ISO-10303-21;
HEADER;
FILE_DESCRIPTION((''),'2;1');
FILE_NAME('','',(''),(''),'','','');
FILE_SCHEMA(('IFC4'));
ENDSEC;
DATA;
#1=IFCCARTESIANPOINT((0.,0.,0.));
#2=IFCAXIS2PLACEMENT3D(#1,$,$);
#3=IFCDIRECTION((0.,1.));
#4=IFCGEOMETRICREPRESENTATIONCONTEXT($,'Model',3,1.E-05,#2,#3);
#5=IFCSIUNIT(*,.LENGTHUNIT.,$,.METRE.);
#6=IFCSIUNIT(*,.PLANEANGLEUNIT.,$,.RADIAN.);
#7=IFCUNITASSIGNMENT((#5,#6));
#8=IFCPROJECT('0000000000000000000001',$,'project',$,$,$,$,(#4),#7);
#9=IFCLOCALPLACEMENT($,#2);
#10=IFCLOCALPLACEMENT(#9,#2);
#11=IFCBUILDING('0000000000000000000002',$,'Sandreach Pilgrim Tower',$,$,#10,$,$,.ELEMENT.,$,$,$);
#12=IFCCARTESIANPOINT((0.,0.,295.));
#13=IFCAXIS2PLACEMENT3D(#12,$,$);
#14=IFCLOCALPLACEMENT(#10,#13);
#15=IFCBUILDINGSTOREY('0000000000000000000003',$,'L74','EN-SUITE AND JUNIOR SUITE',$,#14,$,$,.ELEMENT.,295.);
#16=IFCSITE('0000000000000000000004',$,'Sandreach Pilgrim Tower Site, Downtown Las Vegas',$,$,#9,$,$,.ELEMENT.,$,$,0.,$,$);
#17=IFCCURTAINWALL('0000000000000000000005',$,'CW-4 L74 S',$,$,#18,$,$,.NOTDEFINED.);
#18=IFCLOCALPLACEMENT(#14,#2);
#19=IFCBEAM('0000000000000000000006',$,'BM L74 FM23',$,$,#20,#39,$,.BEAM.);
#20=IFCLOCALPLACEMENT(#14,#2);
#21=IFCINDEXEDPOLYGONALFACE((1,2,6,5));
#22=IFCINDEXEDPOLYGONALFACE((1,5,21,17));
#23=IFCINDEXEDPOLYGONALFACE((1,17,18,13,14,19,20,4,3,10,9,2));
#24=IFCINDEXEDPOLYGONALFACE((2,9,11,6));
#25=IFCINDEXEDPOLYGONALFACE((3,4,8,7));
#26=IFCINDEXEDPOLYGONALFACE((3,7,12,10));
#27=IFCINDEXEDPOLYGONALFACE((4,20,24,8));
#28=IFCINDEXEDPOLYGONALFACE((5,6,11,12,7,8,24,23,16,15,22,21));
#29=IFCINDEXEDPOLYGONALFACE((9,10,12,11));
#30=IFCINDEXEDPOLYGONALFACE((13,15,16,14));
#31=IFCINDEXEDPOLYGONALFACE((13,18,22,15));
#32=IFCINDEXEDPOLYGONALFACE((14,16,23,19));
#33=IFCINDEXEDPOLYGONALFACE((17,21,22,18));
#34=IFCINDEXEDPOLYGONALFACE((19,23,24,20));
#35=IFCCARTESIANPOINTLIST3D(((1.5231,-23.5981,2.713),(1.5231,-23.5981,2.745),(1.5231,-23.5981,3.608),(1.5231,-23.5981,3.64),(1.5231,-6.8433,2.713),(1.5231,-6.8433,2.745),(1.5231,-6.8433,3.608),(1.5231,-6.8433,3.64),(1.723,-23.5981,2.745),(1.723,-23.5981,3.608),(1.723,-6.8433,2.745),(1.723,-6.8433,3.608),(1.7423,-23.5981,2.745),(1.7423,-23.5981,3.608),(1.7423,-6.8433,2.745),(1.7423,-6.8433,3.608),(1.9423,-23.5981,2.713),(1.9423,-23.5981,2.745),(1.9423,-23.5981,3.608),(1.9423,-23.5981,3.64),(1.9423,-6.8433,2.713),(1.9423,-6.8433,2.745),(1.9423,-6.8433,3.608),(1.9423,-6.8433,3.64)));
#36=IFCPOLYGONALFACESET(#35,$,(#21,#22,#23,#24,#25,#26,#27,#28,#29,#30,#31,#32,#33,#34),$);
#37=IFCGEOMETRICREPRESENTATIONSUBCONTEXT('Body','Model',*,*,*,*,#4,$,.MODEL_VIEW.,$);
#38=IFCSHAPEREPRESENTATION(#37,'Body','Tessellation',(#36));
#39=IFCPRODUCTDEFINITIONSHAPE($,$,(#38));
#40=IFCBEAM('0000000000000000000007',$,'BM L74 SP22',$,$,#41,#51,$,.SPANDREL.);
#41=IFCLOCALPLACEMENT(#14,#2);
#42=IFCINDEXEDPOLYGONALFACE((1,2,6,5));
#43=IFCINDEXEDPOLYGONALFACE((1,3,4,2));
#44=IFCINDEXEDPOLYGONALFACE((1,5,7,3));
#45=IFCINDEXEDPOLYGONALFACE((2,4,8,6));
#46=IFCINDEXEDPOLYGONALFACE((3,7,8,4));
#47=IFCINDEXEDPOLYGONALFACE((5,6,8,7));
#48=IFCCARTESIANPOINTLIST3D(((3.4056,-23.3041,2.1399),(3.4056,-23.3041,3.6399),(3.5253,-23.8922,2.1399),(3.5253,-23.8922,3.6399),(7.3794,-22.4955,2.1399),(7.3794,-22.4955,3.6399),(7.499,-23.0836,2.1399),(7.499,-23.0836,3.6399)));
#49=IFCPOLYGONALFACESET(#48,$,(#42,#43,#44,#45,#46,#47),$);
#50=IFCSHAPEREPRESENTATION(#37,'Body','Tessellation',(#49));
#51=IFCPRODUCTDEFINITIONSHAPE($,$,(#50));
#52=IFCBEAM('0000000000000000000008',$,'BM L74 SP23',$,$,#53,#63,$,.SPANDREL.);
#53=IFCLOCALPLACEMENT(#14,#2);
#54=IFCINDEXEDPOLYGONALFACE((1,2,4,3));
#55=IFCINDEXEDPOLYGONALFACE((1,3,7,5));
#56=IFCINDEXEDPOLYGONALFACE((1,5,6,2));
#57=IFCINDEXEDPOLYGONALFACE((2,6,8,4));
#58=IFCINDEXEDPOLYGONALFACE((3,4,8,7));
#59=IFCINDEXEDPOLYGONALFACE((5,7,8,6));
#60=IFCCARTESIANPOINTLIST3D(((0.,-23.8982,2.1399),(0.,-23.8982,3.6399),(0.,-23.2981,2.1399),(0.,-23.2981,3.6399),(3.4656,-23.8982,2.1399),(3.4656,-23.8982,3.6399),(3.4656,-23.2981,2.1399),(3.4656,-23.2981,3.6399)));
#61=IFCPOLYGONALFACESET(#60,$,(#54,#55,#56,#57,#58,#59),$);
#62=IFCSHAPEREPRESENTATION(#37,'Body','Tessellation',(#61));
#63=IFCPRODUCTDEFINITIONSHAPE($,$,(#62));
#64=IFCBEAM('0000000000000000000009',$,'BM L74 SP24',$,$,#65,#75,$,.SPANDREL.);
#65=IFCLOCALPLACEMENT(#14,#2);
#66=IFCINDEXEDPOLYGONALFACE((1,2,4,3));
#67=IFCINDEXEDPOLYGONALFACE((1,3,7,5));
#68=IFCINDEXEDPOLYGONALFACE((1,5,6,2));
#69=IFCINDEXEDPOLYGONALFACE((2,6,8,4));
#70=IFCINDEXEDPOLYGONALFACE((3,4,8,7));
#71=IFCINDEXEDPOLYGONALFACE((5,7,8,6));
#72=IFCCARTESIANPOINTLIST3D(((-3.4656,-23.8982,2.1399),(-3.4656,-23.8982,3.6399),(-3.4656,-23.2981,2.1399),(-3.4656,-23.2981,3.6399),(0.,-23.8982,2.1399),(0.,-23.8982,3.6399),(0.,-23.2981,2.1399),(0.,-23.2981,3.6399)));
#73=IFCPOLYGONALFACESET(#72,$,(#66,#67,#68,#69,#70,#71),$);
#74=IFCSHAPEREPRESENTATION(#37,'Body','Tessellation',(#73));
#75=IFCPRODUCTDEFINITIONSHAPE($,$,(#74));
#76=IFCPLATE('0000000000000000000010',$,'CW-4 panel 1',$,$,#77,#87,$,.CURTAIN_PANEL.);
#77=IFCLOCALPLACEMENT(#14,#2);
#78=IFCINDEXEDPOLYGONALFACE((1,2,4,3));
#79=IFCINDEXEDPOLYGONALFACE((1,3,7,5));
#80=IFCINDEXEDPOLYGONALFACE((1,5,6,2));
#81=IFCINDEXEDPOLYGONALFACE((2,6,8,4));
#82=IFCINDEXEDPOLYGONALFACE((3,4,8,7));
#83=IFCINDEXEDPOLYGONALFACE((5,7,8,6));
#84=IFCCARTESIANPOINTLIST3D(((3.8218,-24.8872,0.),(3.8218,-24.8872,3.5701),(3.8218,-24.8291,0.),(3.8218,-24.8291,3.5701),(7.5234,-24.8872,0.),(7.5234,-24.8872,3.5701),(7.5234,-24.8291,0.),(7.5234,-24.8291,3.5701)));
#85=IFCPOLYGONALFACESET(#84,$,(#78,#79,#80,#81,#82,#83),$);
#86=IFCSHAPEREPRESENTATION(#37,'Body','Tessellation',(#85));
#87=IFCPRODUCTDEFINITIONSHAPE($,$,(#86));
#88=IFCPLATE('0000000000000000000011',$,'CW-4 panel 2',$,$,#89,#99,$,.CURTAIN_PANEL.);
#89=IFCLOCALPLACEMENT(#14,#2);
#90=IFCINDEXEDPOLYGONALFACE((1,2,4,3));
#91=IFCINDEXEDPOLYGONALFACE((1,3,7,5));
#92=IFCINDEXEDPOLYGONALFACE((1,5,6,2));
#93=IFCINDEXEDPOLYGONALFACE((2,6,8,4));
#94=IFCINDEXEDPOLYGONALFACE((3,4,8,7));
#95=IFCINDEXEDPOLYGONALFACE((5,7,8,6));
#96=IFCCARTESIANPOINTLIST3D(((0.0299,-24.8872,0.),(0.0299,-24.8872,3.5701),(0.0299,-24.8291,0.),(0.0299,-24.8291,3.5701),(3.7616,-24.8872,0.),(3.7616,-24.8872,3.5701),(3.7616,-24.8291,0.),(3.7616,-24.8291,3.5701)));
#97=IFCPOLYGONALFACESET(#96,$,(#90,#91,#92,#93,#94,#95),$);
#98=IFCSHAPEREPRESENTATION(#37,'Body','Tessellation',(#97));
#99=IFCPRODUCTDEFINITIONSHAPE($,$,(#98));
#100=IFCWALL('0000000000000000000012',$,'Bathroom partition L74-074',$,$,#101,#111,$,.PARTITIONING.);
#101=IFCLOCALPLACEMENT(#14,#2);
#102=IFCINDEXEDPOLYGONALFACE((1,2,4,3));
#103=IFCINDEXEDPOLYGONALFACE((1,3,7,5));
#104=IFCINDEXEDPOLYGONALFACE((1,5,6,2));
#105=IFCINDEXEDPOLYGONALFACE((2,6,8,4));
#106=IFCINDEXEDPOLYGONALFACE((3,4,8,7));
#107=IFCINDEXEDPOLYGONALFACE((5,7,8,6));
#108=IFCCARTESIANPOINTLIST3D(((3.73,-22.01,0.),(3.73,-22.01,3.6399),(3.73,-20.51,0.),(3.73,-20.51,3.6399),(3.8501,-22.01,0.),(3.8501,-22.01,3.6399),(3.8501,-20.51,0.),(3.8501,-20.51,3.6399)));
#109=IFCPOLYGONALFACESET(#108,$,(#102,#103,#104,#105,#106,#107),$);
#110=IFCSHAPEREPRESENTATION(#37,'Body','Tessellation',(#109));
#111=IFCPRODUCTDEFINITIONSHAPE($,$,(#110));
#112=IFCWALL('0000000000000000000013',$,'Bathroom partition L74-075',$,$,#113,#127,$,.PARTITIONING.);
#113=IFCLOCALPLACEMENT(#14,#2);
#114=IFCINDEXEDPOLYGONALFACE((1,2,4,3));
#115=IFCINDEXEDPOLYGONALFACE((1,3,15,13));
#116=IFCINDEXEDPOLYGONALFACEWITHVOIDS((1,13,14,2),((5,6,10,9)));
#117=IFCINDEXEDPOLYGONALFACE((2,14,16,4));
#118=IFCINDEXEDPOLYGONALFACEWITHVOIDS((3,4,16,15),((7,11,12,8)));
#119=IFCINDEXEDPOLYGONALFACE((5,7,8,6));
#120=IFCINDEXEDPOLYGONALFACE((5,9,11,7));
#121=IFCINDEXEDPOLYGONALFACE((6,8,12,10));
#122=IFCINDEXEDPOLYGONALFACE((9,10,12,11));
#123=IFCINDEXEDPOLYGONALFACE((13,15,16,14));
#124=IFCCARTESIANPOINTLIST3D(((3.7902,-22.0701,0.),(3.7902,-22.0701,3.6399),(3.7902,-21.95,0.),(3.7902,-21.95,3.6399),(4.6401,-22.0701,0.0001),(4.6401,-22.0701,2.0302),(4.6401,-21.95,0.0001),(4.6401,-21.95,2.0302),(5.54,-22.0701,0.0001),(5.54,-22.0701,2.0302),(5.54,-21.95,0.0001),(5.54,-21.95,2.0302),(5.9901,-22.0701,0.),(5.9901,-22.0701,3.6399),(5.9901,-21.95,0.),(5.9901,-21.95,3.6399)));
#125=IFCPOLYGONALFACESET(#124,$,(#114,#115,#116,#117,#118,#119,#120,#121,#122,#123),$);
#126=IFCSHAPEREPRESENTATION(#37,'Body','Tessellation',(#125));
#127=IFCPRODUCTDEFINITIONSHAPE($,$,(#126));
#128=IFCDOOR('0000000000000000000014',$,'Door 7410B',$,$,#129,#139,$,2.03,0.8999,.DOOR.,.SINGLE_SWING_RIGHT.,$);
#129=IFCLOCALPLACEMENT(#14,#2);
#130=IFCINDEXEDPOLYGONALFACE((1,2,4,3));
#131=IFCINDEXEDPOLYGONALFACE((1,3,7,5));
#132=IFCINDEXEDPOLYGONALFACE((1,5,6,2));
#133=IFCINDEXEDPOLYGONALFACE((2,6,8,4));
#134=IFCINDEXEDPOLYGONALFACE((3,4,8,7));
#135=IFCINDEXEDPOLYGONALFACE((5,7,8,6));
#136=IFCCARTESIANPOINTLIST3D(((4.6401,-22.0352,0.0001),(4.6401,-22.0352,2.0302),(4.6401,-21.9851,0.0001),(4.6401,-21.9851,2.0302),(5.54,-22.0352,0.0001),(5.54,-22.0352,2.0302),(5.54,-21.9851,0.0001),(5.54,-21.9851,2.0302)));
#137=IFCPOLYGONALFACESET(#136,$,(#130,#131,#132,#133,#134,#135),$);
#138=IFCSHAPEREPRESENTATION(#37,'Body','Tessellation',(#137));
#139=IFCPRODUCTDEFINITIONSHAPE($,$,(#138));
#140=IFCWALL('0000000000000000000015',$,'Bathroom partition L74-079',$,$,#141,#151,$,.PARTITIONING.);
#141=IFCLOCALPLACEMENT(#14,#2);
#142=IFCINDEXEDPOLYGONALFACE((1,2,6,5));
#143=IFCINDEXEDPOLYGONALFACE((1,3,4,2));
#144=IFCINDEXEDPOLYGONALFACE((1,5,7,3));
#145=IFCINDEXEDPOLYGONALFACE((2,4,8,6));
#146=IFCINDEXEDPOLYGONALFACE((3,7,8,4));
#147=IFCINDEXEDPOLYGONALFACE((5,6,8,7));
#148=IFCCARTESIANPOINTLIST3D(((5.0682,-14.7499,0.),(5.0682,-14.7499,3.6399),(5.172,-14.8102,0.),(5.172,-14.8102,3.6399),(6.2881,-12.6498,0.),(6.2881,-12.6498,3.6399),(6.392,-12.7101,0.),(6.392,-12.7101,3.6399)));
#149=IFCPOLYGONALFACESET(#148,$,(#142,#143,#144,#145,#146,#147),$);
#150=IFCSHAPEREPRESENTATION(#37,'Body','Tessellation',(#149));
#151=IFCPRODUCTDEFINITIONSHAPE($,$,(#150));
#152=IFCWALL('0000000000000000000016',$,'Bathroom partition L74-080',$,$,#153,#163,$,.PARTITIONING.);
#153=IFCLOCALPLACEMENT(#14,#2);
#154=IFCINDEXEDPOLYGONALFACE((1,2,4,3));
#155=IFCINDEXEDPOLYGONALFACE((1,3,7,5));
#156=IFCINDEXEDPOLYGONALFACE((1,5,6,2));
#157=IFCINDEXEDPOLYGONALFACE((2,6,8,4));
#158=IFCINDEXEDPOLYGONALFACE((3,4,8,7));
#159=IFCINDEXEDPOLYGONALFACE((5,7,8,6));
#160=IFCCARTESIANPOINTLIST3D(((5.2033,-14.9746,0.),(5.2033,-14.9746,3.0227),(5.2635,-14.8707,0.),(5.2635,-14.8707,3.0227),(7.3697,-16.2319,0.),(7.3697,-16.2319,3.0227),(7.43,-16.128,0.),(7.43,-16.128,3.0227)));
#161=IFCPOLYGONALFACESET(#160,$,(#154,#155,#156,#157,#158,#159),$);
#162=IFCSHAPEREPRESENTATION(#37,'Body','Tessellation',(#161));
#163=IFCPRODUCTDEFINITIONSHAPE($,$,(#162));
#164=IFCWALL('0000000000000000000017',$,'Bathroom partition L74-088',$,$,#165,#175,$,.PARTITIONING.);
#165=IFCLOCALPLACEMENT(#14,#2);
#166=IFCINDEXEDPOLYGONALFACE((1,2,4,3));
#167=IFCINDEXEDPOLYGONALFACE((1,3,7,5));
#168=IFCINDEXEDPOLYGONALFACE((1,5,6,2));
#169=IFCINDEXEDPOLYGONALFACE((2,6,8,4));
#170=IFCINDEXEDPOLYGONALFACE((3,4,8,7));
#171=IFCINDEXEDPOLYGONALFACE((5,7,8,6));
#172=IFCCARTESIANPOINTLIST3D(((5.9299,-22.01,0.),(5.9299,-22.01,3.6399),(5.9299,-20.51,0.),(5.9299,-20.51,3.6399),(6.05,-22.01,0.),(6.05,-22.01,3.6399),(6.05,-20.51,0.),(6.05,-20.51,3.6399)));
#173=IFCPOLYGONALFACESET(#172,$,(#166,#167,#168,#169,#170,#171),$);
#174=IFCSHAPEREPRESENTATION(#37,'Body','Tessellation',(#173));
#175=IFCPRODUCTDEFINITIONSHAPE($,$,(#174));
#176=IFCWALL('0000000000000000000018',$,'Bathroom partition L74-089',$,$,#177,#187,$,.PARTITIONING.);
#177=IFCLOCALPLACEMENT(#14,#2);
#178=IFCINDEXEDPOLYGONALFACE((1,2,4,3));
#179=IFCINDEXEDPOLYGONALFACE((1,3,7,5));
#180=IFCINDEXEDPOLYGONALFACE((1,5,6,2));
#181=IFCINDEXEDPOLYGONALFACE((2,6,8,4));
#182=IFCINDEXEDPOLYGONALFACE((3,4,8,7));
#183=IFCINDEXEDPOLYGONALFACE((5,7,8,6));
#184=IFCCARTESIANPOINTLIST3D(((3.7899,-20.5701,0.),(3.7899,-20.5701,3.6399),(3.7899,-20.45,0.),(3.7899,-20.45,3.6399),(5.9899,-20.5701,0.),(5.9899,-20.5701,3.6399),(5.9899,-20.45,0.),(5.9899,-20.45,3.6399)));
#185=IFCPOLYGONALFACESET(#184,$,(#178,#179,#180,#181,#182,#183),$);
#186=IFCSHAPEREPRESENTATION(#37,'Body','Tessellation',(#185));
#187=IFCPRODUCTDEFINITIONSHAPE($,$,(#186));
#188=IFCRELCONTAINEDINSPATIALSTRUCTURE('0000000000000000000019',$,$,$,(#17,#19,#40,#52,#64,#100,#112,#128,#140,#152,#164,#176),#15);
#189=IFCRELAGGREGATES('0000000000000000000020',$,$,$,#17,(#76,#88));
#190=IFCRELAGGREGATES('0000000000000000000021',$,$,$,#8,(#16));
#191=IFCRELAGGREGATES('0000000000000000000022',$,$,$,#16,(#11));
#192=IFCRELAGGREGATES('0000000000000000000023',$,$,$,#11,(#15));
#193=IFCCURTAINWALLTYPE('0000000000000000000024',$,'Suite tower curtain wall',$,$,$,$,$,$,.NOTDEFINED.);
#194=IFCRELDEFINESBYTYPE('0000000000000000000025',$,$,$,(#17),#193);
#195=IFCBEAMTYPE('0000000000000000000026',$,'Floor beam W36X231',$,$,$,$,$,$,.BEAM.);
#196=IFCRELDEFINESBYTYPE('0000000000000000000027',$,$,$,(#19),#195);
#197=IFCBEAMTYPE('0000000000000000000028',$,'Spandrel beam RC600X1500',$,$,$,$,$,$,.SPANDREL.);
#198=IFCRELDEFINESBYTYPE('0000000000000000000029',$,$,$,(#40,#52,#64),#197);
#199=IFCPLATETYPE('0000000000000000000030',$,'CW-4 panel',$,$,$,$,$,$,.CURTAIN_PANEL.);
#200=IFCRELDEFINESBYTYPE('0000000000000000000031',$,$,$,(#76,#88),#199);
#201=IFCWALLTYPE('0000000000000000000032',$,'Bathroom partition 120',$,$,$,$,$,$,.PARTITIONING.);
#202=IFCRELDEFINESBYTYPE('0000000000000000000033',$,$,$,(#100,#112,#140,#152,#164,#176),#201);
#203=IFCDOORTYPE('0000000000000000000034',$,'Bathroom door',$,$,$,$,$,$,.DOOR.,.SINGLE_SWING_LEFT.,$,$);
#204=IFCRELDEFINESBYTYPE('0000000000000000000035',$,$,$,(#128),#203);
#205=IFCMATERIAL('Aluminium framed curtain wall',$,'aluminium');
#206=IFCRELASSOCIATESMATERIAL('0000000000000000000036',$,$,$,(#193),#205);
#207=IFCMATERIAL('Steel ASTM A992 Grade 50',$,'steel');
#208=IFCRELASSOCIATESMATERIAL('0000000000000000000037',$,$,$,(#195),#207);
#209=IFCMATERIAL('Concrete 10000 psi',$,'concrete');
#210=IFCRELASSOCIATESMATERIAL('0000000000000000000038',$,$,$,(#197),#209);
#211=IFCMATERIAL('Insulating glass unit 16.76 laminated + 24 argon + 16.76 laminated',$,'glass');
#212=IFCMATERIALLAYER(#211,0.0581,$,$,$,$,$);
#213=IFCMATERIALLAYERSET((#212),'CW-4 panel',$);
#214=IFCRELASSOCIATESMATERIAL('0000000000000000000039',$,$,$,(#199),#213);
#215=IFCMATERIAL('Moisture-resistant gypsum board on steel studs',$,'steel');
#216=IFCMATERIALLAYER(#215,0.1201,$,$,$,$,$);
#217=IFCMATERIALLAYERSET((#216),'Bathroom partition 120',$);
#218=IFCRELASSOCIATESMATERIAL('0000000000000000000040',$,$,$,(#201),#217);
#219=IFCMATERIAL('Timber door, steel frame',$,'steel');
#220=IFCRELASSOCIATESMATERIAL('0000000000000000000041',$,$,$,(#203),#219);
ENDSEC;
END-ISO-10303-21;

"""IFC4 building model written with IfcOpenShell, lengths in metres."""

from ifc_helpers import new_model, si_unit, direction, frame, frame_2d, origin, origin_2d, place, context, subcontext, project, spatial, rectangle, i_section, extrude, material, layer, layer_set, material_profile, profile_set, type_object, element, fill, aggregate, save


model = new_model("IFC4")

# Units and contexts
model_context = context("Model", 3, precision=1e-05, world=origin(), true_north=direction((0.0, 1.0)))
body_context = subcontext(model_context, "Body", "Model", "MODEL_VIEW")
ifc_project = project(units=[si_unit("LENGTHUNIT", "METRE"), si_unit("PLANEANGLEUNIT", "RADIAN")], contexts=[model_context])

# Site, building, storey
site_placement = place(None, origin())
site = spatial("IfcSite", under=ifc_project, at=site_placement, Name="Sandreach Pilgrim Tower Site, Downtown Las Vegas", CompositionType="ELEMENT", RefElevation=0.0)
building_placement = place(site_placement, origin())
building = spatial("IfcBuilding", under=site, at=building_placement, Name="Sandreach Pilgrim Tower", CompositionType="ELEMENT")
storey_placement = place(building_placement, frame((0.0, 0.0, 295.0)))
storey = spatial("IfcBuildingStorey", under=building, at=storey_placement, Name="L74", Description="EN-SUITE AND JUNIOR SUITE", CompositionType="ELEMENT", Elevation=295.0)

# Curtain wall
ifc_material_1 = material(Name="Aluminium framed curtain wall", Category="aluminium")
curtain_wall_type = type_object("IfcCurtainWallType", Name="Suite tower curtain wall", PredefinedType="NOTDEFINED", material=ifc_material_1)
curtain_wall_placement = place(storey_placement, origin())
curtain_wall = element("IfcCurtainWall", 1, at=curtain_wall_placement, inside=storey, type_object=curtain_wall_type, Name="CW-4 L74 S", PredefinedType="NOTDEFINED")

# Beams
ifc_material_2 = material(Name="Steel ASTM A992 Grade 50", Category="steel")
ifc_material_profile_1 = material_profile(ifc_material_2, i_section(OverallWidth=0.4192, OverallDepth=0.927, WebThickness=0.0193, FlangeThickness=0.032, at=origin_2d()), Name="W36X231")
ifc_profile_set_1 = profile_set([ifc_material_profile_1], Name="Steel ASTM A992 Grade 50")
beam_type_1 = type_object("IfcBeamType", Name="Floor beam W36X231", PredefinedType="BEAM", material=ifc_profile_set_1)
beam_1_placement = place(storey_placement, frame((1.7327, -23.5981, 3.1765), z_axis=(0.0, 1.0, 0.0), x_axis=(-1.0, 0.0, 0.0)))
element("IfcBeam", 2, at=beam_1_placement, inside=storey, type_object=beam_type_1, Name="BM L74 FM23", PredefinedType="BEAM", context=body_context, shape_type="SweptSolid", body=[
    extrude(i_section(OverallWidth=0.4192, OverallDepth=0.927, WebThickness=0.0193, FlangeThickness=0.032, at=origin_2d()), origin(), (0.0, 0.0, 1.0), 16.7549),
])
ifc_material_3 = material(Name="Concrete 10000 psi", Category="concrete")
ifc_material_profile_2 = material_profile(ifc_material_3, rectangle(XDim=0.6001, YDim=1.5, at=origin_2d()), Name="RC600X1500")
ifc_profile_set_2 = profile_set([ifc_material_profile_2], Name="Concrete 10000 psi")
beam_type_2 = type_object("IfcBeamType", Name="Spandrel beam RC600X1500", PredefinedType="SPANDREL", material=ifc_profile_set_2)
beam_2_placement = place(storey_placement, frame((7.4392, -22.7896, 2.8899), z_axis=(-0.979918, -0.199403, 0.0), x_axis=(0.199403, -0.979918, 0.0)))
element("IfcBeam", 3, at=beam_2_placement, inside=storey, type_object=beam_type_2, Name="BM L74 SP22", PredefinedType="SPANDREL", context=body_context, shape_type="SweptSolid", body=[
    extrude(rectangle(XDim=0.6001, YDim=1.5, at=origin_2d()), origin(), (0.0, 0.0, 1.0), 4.0552),
])
for number, where, z_axis, x_axis, name in (
    (4, (3.4656, -23.5981, 2.8899), (-1.0, 0.0, 0.0), (0.0, -1.0, 0.0), "BM L74 SP23"),
    (5, (0.0, -23.5981, 2.8899), (-1.0, 0.0, 0.0), (0.0, -1.0, 0.0), "BM L74 SP24"),
):
    element("IfcBeam", number, at=place(storey_placement, frame(where, z_axis=z_axis, x_axis=x_axis)), inside=storey, type_object=beam_type_2, Name=name, PredefinedType="SPANDREL", context=body_context, shape_type="SweptSolid", body=[
        extrude(rectangle(XDim=0.6001, YDim=1.5, at=origin_2d()), origin(), (0.0, 0.0, 1.0), 3.4656),
    ])

# Plates
ifc_material_4 = material(Name="Insulating glass unit 16.76 laminated + 24 argon + 16.76 laminated", Category="glass")
ifc_layer_1 = layer(ifc_material_4, 0.0581)
ifc_layer_set_1 = layer_set([ifc_layer_1], Name="CW-4 panel")
plate_type = type_object("IfcPlateType", Name="CW-4 panel", PredefinedType="CURTAIN_PANEL", material=ifc_layer_set_1)
plate_1_placement = place(storey_placement, frame((5.6726, -24.8582, 0.0), z_axis=(0.0, 0.0, 1.0), x_axis=(-1.0, 0.0, 0.0)))
plate_1 = element("IfcPlate", 6, at=plate_1_placement, type_object=plate_type, Name="CW-4 panel 1", PredefinedType="CURTAIN_PANEL", context=body_context, shape_type="SweptSolid", body=[
    extrude(rectangle(XDim=3.7017, YDim=0.0581, at=origin_2d()), origin(), (0.0, 0.0, 1.0), 3.5701),
])
plate_2_placement = place(storey_placement, frame((1.8958, -24.8582, 0.0), z_axis=(0.0, 0.0, 1.0), x_axis=(-1.0, 0.0, 0.0)))
plate_2 = element("IfcPlate", 7, at=plate_2_placement, type_object=plate_type, Name="CW-4 panel 2", PredefinedType="CURTAIN_PANEL", context=body_context, shape_type="SweptSolid", body=[
    extrude(rectangle(XDim=3.7317, YDim=0.0581, at=origin_2d()), origin(), (0.0, 0.0, 1.0), 3.5701),
])
aggregate(curtain_wall, [plate_1, plate_2])

# Wall
ifc_material_5 = material(Name="Moisture-resistant gypsum board on steel studs", Category="steel")
ifc_layer_2 = layer(ifc_material_5, 0.1201)
ifc_layer_set_2 = layer_set([ifc_layer_2], Name="Bathroom partition 120")
wall_type_1 = type_object("IfcWallType", Name="Bathroom partition 120", PredefinedType="PARTITIONING", material=ifc_layer_set_2)
wall_1_placement = place(storey_placement, frame((3.79, -22.01, 0.0), z_axis=(0.0, 0.0, 1.0), x_axis=(0.0, 1.0, 0.0)))
element("IfcWall", 8, at=wall_1_placement, inside=storey, type_object=wall_type_1, Name="Bathroom partition L74-074", PredefinedType="PARTITIONING", context=body_context, shape_type="SweptSolid", body=[
    extrude(rectangle(XDim=1.5, YDim=0.1201, at=frame_2d((0.75, 0.0))), origin(), (0.0, 0.0, 1.0), 3.6399),
])

# Wall, opening, door
wall_2_placement = place(storey_placement, frame((3.79, -22.01, 0.0), z_axis=(0.0, 0.0, 1.0), x_axis=(1.0, 0.0, 0.0)))
wall_2 = element("IfcWall", 9, at=wall_2_placement, inside=storey, type_object=wall_type_1, Name="Bathroom partition L74-075", PredefinedType="PARTITIONING", context=body_context, shape_type="SweptSolid", body=[
    extrude(rectangle(XDim=2.2, YDim=0.1201, at=frame_2d((1.1001, 0.0))), origin(), (0.0, 0.0, 1.0), 3.6399),
])
opening_1_placement = place(wall_2_placement, frame((0.8501, 0.0, 0.0)))
opening_1 = element("IfcOpeningElement", 10, at=opening_1_placement, cuts=wall_2, PredefinedType="OPENING", context=body_context, shape_type="SweptSolid", body=[
    extrude(rectangle(XDim=0.8999, YDim=2.03, at=frame_2d((0.45, 1.0151))), frame((0.0, 0.0601, 0.0), z_axis=(0.0, -1.0, 0.0), x_axis=(1.0, 0.0, 0.0)), (0.0, 0.0, 1.0), 0.1201),
])
ifc_material_6 = material(Name="Timber door, steel frame", Category="steel")
door_type_1 = type_object("IfcDoorType", Name="Bathroom door", OperationType="SINGLE_SWING_LEFT", PredefinedType="DOOR", material=ifc_material_6)
door_1_placement = place(opening_1_placement, origin())
door_1 = element("IfcDoor", 11, at=door_1_placement, inside=storey, type_object=door_type_1, Name="Door 7410B", OperationType="SINGLE_SWING_RIGHT", OverallHeight=2.03, OverallWidth=0.8999, PredefinedType="DOOR", context=body_context, shape_type="SweptSolid", body=[
    extrude(rectangle(XDim=0.8999, YDim=2.03, at=frame_2d((0.45, 1.0151))), frame((0.0, 0.0249, 0.0), z_axis=(0.0, -1.0, 0.0), x_axis=(1.0, 0.0, 0.0)), (0.0, 0.0, 1.0), 0.05),
])
fill(opening_1, door_1)

# Walls
wall_3_placement = place(storey_placement, frame((5.1201, -14.78, 0.0), z_axis=(0.0, 0.0, 1.0), x_axis=(0.502308, 0.864689, 0.0)))
element("IfcWall", 12, at=wall_3_placement, inside=storey, type_object=wall_type_1, Name="Bathroom partition L74-079", PredefinedType="PARTITIONING", context=body_context, shape_type="SweptSolid", body=[
    extrude(rectangle(XDim=2.4287, YDim=0.1201, at=frame_2d((1.2144, 0.0))), origin(), (0.0, 0.0, 1.0), 3.6399),
])
wall_4_placement = place(storey_placement, frame((5.2334, -14.9226, 0.0), z_axis=(0.0, 0.0, 1.0), x_axis=(0.864901, -0.501943, 0.0)))
element("IfcWall", 13, at=wall_4_placement, inside=storey, type_object=wall_type_1, Name="Bathroom partition L74-080", PredefinedType="PARTITIONING", context=body_context, shape_type="SweptSolid", body=[
    extrude(rectangle(XDim=2.5049, YDim=0.1201, at=frame_2d((1.2524, 0.0))), origin(), (0.0, 0.0, 1.0), 3.0227),
])
wall_5_placement = place(storey_placement, frame((5.99, -22.01, 0.0), z_axis=(0.0, 0.0, 1.0), x_axis=(0.0, 1.0, 0.0)))
element("IfcWall", 14, at=wall_5_placement, inside=storey, type_object=wall_type_1, Name="Bathroom partition L74-088", PredefinedType="PARTITIONING", context=body_context, shape_type="SweptSolid", body=[
    extrude(rectangle(XDim=1.5, YDim=0.1201, at=frame_2d((0.75, 0.0))), origin(), (0.0, 0.0, 1.0), 3.6399),
])
wall_6_placement = place(storey_placement, frame((5.99, -20.51, 0.0), z_axis=(0.0, 0.0, 1.0), x_axis=(-1.0, 0.0, 0.0)))
element("IfcWall", 15, at=wall_6_placement, inside=storey, type_object=wall_type_1, Name="Bathroom partition L74-089", PredefinedType="PARTITIONING", context=body_context, shape_type="SweptSolid", body=[
    extrude(rectangle(XDim=2.2, YDim=0.1201, at=frame_2d((1.1001, 0.0))), origin(), (0.0, 0.0, 1.0), 3.6399),
])

save(model, "model.ifc")
